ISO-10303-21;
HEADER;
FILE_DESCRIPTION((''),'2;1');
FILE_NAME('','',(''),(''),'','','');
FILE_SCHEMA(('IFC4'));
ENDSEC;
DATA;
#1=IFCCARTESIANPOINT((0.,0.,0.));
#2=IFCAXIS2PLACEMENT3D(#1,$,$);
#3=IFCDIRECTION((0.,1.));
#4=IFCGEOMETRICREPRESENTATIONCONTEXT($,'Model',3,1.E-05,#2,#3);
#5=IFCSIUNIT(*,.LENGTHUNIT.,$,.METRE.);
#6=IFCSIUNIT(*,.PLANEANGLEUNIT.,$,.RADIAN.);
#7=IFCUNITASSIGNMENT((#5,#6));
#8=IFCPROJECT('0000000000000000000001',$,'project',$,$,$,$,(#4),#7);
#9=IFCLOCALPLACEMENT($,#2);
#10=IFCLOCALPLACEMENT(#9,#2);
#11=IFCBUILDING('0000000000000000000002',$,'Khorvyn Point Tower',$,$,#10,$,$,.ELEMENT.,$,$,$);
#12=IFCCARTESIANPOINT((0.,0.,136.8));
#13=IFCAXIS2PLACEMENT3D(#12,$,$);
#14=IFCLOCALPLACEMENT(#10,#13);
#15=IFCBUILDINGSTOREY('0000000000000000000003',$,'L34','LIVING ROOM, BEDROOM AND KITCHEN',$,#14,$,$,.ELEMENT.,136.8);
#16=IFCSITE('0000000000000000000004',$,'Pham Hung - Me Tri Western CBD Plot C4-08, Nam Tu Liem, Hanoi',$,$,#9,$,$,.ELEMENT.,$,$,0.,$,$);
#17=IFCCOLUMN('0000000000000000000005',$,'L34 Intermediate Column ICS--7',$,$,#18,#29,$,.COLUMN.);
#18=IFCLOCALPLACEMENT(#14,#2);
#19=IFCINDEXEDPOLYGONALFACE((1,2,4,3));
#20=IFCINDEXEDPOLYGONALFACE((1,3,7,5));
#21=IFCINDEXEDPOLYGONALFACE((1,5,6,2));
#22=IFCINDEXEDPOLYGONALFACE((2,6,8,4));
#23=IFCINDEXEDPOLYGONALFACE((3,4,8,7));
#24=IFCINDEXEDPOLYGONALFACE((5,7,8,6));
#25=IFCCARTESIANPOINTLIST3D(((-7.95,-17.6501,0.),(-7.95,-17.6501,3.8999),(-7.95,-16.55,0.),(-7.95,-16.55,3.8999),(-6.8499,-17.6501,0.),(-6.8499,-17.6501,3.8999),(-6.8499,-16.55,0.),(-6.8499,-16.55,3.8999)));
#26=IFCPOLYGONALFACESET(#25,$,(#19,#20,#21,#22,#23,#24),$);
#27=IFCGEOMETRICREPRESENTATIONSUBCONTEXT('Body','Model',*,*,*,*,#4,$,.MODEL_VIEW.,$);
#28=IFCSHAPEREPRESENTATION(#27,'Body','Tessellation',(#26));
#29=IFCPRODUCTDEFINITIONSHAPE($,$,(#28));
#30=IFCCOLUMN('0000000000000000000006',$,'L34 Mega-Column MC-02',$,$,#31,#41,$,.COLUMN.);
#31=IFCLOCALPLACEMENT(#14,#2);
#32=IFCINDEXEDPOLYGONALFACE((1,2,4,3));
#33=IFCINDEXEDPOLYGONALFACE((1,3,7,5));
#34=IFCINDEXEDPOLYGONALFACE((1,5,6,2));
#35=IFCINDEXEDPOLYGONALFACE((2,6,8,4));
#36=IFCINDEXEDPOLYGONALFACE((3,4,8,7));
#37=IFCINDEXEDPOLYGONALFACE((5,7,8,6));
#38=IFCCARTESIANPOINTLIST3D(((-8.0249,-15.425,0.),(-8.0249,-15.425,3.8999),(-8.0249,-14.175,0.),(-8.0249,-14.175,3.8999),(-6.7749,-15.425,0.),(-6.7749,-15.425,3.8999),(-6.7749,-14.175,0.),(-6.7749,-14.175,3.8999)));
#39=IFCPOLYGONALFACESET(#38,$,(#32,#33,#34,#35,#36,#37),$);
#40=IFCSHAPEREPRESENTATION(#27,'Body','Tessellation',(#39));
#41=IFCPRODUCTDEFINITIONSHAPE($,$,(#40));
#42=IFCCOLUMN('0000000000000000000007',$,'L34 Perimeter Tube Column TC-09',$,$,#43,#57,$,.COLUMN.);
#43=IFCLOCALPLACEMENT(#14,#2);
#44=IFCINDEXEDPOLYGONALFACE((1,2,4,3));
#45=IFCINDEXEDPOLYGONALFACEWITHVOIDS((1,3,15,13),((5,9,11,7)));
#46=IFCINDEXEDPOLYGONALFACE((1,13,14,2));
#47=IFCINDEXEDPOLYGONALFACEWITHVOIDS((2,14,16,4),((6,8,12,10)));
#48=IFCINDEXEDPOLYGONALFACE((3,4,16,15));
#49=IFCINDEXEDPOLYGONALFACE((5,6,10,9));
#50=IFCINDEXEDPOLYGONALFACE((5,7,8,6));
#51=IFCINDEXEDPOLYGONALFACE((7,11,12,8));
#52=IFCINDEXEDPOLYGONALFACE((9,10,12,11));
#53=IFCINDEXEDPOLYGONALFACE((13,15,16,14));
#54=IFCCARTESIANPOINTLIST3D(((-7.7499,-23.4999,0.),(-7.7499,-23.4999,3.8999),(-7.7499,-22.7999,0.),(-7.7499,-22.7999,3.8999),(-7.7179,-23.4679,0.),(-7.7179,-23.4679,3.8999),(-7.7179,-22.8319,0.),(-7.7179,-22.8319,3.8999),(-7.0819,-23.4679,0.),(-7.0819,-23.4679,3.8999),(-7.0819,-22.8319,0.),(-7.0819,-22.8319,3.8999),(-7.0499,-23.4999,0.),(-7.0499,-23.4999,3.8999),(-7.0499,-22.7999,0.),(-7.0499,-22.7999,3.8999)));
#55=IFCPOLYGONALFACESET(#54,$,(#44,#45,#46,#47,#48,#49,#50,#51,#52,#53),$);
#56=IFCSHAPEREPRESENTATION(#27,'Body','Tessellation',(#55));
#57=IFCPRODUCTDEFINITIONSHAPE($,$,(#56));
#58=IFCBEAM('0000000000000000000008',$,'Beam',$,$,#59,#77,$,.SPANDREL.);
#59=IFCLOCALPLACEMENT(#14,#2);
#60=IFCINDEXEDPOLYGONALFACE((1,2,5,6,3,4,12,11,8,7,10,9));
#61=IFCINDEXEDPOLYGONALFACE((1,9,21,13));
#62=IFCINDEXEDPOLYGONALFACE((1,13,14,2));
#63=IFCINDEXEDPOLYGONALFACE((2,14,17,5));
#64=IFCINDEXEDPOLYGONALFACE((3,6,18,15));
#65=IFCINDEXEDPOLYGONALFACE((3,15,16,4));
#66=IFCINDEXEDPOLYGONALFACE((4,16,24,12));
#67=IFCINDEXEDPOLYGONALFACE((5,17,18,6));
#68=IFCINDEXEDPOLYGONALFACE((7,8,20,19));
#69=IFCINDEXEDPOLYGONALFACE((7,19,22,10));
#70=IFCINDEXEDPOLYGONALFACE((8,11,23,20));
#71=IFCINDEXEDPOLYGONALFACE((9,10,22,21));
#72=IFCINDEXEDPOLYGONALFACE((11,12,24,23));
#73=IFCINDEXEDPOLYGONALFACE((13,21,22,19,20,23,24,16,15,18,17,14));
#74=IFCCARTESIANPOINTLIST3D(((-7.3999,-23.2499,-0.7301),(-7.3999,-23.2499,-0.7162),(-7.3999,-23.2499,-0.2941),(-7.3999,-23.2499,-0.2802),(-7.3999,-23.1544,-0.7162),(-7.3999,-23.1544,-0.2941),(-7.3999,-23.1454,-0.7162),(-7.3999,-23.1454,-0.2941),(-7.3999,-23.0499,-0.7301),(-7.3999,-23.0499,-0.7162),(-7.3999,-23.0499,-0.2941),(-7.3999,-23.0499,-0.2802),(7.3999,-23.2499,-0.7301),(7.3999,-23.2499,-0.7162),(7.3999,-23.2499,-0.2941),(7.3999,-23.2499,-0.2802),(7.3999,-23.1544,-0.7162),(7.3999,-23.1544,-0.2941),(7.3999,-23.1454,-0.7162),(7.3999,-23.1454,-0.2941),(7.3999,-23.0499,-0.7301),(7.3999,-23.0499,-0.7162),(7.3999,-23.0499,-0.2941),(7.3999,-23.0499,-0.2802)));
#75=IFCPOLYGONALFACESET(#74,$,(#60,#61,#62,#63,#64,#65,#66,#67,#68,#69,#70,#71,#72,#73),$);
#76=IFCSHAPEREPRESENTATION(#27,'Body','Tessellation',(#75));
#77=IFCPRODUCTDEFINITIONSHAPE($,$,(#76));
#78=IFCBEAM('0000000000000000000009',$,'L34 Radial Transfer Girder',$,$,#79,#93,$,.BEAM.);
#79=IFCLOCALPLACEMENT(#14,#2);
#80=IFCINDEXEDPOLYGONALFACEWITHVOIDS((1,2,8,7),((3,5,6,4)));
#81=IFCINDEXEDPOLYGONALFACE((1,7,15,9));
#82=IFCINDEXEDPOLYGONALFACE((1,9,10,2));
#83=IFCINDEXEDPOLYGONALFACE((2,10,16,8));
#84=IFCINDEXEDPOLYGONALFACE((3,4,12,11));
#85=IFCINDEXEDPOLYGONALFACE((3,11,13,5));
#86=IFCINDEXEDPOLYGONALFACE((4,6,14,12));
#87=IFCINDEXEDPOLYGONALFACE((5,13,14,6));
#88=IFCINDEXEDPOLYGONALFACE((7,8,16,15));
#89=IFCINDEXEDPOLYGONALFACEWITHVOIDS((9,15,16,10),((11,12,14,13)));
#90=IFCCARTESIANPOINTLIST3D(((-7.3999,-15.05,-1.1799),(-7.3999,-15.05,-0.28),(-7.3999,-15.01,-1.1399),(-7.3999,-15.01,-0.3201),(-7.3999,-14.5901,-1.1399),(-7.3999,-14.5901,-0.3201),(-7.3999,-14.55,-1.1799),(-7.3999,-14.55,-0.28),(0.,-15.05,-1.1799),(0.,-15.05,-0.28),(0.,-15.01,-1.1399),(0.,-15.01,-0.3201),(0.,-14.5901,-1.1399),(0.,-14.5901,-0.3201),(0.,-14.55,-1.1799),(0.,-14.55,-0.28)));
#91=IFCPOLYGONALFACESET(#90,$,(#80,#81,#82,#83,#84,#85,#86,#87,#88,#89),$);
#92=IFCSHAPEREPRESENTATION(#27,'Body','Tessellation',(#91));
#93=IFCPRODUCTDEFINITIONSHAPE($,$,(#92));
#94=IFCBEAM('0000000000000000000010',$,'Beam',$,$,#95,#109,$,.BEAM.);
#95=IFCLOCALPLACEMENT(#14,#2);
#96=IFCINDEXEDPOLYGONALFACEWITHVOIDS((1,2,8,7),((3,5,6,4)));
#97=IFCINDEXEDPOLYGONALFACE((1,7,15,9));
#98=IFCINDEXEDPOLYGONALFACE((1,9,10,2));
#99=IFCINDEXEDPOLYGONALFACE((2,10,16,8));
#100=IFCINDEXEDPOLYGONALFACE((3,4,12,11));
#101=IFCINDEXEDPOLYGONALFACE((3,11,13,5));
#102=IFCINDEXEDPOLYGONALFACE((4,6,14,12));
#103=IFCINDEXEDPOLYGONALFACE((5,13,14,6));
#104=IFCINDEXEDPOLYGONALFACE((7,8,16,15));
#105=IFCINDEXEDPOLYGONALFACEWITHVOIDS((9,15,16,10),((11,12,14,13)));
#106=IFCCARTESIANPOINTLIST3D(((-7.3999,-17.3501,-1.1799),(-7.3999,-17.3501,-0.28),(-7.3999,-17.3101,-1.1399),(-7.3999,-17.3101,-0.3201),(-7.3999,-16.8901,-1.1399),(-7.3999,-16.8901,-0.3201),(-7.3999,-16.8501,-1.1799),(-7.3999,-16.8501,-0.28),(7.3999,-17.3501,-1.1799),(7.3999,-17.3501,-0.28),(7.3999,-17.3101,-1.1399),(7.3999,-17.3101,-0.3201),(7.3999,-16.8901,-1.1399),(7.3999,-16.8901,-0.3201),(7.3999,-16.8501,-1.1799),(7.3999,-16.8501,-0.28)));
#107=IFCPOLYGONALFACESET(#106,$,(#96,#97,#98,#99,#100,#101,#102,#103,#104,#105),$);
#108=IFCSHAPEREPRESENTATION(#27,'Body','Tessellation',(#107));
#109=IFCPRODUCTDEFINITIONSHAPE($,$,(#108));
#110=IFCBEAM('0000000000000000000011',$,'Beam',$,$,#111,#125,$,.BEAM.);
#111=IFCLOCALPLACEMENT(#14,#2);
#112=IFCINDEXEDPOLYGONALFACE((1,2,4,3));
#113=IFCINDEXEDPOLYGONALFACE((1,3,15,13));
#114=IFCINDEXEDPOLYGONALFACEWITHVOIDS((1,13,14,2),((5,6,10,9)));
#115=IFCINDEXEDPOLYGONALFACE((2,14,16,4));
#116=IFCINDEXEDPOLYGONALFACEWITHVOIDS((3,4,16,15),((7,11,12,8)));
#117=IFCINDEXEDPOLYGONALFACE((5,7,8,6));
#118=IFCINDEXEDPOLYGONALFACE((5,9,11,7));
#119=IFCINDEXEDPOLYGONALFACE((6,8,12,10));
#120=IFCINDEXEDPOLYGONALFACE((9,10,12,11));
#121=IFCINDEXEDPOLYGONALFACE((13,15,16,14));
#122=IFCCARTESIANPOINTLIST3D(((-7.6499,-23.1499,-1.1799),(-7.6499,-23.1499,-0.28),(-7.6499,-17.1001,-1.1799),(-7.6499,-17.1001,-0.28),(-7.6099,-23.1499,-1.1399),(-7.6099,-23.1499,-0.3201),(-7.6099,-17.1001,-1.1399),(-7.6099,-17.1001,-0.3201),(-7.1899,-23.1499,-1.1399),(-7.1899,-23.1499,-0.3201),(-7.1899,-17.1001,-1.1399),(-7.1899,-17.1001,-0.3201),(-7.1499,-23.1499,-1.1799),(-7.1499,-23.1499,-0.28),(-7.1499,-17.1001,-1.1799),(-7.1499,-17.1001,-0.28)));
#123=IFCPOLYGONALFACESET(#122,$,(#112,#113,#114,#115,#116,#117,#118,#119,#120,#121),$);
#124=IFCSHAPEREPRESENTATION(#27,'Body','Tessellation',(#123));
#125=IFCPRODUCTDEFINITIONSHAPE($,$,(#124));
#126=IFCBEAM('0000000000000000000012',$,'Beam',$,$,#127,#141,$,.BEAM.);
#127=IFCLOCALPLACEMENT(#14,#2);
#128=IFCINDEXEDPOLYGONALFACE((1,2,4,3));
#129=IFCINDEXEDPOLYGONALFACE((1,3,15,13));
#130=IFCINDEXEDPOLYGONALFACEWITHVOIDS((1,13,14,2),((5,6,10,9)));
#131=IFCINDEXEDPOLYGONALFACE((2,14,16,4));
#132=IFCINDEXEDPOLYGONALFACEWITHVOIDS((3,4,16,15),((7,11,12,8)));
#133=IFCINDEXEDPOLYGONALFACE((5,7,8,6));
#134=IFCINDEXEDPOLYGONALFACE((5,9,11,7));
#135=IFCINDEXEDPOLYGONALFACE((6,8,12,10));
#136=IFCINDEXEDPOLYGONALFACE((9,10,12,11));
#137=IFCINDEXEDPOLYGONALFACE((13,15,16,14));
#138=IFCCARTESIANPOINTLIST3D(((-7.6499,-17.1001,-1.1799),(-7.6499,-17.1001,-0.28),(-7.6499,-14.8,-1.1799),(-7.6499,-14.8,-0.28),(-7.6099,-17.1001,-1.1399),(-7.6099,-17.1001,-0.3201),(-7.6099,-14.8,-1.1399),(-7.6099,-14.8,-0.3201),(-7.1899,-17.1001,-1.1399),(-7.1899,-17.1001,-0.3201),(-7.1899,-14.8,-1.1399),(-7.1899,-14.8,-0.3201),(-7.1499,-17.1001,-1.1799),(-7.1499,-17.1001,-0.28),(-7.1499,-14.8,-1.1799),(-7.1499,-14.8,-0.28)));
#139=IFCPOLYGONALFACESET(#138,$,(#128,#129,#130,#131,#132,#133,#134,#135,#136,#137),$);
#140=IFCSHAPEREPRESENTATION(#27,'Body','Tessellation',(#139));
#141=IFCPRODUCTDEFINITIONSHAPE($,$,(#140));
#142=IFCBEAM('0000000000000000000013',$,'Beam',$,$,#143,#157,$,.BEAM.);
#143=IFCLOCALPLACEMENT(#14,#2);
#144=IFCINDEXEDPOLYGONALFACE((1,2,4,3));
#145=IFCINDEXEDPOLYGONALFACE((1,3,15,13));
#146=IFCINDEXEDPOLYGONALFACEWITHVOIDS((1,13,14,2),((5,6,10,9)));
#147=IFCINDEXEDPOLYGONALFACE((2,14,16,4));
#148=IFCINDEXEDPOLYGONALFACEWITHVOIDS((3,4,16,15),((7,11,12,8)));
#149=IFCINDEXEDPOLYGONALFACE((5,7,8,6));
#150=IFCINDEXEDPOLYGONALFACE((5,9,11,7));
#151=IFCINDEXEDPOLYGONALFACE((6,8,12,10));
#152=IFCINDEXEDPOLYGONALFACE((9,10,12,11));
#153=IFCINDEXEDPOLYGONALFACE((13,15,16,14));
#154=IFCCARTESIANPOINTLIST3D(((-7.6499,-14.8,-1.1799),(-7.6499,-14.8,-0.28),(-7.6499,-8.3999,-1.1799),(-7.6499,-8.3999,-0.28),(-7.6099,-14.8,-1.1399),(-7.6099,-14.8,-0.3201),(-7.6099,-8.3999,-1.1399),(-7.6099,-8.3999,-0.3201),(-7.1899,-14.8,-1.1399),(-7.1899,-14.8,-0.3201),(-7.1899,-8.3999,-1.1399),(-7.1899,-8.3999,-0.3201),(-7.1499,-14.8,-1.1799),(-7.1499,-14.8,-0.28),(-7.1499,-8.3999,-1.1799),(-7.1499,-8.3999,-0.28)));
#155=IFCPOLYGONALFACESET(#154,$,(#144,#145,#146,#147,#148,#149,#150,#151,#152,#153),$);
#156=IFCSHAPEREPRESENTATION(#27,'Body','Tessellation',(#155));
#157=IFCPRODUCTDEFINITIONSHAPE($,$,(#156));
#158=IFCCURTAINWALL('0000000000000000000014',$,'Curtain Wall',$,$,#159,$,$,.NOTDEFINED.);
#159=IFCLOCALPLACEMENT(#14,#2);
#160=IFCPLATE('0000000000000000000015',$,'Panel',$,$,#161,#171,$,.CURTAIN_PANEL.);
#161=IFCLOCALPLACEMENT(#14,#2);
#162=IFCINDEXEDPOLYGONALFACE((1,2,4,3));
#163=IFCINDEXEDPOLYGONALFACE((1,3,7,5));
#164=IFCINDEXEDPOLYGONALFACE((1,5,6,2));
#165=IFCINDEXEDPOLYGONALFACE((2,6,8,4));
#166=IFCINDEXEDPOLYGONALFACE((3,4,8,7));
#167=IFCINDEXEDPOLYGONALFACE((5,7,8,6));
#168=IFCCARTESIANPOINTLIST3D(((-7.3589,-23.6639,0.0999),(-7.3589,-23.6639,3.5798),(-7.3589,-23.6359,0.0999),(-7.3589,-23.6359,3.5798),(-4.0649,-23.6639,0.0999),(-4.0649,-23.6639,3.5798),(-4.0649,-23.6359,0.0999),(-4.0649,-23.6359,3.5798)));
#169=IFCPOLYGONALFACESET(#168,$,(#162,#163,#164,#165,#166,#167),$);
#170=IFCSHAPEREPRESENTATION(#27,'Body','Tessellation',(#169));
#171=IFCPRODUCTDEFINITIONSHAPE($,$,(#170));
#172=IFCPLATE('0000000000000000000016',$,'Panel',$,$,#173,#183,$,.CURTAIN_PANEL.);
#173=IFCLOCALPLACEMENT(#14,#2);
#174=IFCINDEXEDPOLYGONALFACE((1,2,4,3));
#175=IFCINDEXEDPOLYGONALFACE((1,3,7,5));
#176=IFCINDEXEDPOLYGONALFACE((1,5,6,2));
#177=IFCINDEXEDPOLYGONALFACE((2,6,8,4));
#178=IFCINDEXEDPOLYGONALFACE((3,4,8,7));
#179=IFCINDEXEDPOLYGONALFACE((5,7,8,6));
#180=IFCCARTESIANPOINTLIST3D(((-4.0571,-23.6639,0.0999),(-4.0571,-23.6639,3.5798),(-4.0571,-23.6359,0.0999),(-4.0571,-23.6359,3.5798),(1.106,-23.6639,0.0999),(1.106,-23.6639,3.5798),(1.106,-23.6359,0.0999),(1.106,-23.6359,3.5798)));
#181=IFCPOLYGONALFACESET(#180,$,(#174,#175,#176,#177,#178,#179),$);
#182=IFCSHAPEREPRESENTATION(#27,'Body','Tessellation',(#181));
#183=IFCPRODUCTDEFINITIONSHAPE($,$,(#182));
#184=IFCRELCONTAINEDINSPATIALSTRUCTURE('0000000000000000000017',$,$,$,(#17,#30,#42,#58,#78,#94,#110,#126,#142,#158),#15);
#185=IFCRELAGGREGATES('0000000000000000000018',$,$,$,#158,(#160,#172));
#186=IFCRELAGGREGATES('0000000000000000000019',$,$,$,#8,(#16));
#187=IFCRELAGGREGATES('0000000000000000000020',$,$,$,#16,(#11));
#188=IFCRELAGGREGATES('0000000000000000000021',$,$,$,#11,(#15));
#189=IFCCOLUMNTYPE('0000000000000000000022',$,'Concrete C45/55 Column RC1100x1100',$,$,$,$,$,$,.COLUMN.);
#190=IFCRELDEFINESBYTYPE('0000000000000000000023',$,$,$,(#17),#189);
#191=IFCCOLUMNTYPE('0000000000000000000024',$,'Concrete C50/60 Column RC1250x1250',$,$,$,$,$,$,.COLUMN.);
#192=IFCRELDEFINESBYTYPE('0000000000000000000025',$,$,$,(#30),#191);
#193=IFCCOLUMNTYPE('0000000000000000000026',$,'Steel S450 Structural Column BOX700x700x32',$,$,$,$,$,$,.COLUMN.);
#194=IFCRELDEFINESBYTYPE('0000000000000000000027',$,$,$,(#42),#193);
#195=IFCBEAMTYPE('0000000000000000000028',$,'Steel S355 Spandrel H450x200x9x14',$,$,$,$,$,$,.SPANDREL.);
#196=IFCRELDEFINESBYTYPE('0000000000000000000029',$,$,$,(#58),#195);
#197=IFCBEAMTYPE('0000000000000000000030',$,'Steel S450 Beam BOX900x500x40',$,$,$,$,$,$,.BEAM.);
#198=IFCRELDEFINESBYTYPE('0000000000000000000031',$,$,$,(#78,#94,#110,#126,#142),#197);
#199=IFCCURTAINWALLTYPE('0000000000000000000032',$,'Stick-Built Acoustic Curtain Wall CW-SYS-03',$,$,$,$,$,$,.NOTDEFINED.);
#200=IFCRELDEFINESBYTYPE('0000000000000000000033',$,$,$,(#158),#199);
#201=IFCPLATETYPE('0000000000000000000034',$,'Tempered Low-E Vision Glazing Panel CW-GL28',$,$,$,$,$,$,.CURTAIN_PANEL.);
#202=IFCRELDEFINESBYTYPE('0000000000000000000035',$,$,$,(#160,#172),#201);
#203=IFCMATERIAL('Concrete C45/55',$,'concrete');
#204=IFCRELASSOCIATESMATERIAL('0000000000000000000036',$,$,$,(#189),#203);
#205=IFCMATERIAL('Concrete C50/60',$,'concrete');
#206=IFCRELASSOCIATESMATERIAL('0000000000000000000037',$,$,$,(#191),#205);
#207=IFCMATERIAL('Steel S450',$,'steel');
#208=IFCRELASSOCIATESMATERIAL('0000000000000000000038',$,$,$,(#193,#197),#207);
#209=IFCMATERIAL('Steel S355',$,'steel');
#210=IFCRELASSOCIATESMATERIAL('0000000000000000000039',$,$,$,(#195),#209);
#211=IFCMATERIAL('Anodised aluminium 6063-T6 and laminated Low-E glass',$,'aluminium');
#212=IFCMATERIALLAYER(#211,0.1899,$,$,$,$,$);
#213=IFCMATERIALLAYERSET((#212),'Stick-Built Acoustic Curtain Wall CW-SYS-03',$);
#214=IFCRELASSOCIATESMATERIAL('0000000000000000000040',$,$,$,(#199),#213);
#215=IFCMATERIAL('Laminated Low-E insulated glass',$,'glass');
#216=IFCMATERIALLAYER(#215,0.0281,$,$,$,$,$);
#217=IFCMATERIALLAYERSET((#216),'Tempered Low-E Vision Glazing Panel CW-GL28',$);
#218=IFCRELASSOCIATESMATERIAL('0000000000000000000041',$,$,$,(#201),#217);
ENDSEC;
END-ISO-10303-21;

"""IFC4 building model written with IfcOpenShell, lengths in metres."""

from ifc_helpers import new_model, si_unit, direction, frame, origin, origin_2d, place, context, subcontext, project, spatial, rectangle, hollow_rectangle, i_section, extrude, material, layer, layer_set, material_profile, profile_set, type_object, element, aggregate, save


model = new_model("IFC4")

# Units and contexts
model_context = context("Model", 3, precision=1e-05, world=origin(), true_north=direction((0.0, 1.0)))
body_context = subcontext(model_context, "Body", "Model", "MODEL_VIEW")
ifc_project = project(units=[si_unit("LENGTHUNIT", "METRE"), si_unit("PLANEANGLEUNIT", "RADIAN")], contexts=[model_context])

# Site, building, storey
site_placement = place(None, origin())
site = spatial("IfcSite", under=ifc_project, at=site_placement, Name="Pham Hung - Me Tri Western CBD Plot C4-08, Nam Tu Liem, Hanoi", CompositionType="ELEMENT", RefElevation=0.0)
building_placement = place(site_placement, origin())
building = spatial("IfcBuilding", under=site, at=building_placement, Name="Khorvyn Point Tower", CompositionType="ELEMENT")
storey_placement = place(building_placement, frame((0.0, 0.0, 136.8)))
storey = spatial("IfcBuildingStorey", under=building, at=storey_placement, Name="L34", Description="LIVING ROOM, BEDROOM AND KITCHEN", CompositionType="ELEMENT", Elevation=136.8)

# Columns
ifc_material_1 = material(Name="Concrete C45/55", Category="concrete")
ifc_material_profile_1 = material_profile(ifc_material_1, rectangle(XDim=1.1001, YDim=1.1001, at=origin_2d()))
ifc_profile_set_1 = profile_set([ifc_material_profile_1], Name="Concrete C45/55 RC1100x1100")
column_type_1 = type_object("IfcColumnType", Name="Concrete C45/55 Column RC1100x1100", PredefinedType="COLUMN", material=ifc_profile_set_1)
column_1_placement = place(storey_placement, frame((-7.3999, -17.1001, 0.0), z_axis=(0.0, 0.0, 1.0), x_axis=(1.0, 0.0, 0.0)))
element("IfcColumn", 1, at=column_1_placement, inside=storey, type_object=column_type_1, Name="L34 Intermediate Column ICS--7", PredefinedType="COLUMN", context=body_context, shape_type="SweptSolid", body=[
    extrude(rectangle(XDim=1.1001, YDim=1.1001, at=origin_2d()), origin(), (0.0, 0.0, 1.0), 3.8999),
])
ifc_material_2 = material(Name="Concrete C50/60", Category="concrete")
ifc_material_profile_2 = material_profile(ifc_material_2, rectangle(XDim=1.25, YDim=1.25, at=origin_2d()))
ifc_profile_set_2 = profile_set([ifc_material_profile_2], Name="Concrete C50/60 RC1250x1250")
column_type_2 = type_object("IfcColumnType", Name="Concrete C50/60 Column RC1250x1250", PredefinedType="COLUMN", material=ifc_profile_set_2)
column_2_placement = place(storey_placement, frame((-7.3999, -14.8, 0.0), z_axis=(0.0, 0.0, 1.0), x_axis=(1.0, 0.0, 0.0)))
element("IfcColumn", 2, at=column_2_placement, inside=storey, type_object=column_type_2, Name="L34 Mega-Column MC-02", PredefinedType="COLUMN", context=body_context, shape_type="SweptSolid", body=[
    extrude(rectangle(XDim=1.25, YDim=1.25, at=origin_2d()), origin(), (0.0, 0.0, 1.0), 3.8999),
])
ifc_material_3 = material(Name="Steel S450", Category="steel")
ifc_material_profile_3 = material_profile(ifc_material_3, hollow_rectangle(XDim=0.7, YDim=0.7, WallThickness=0.032, at=origin_2d()))
ifc_profile_set_3 = profile_set([ifc_material_profile_3], Name="Steel S450 BOX700x700x32")
column_type_3 = type_object("IfcColumnType", Name="Steel S450 Structural Column BOX700x700x32", PredefinedType="COLUMN", material=ifc_profile_set_3)
column_3_placement = place(storey_placement, frame((-7.3999, -23.1499, 0.0), z_axis=(0.0, 0.0, 1.0), x_axis=(1.0, 0.0, 0.0)))
element("IfcColumn", 3, at=column_3_placement, inside=storey, type_object=column_type_3, Name="L34 Perimeter Tube Column TC-09", PredefinedType="COLUMN", context=body_context, shape_type="SweptSolid", body=[
    extrude(hollow_rectangle(XDim=0.7, YDim=0.7, WallThickness=0.032, at=origin_2d()), origin(), (0.0, 0.0, 1.0), 3.8999),
])

# Beams
ifc_material_4 = material(Name="Steel S355", Category="steel")
ifc_material_profile_4 = material_profile(ifc_material_4, i_section(OverallWidth=0.2, OverallDepth=0.45, WebThickness=0.009, FlangeThickness=0.0139, at=origin_2d()))
ifc_profile_set_4 = profile_set([ifc_material_profile_4], Name="Steel S355 H450x200x9x14")
beam_type_1 = type_object("IfcBeamType", Name="Steel S355 Spandrel H450x200x9x14", PredefinedType="SPANDREL", material=ifc_profile_set_4)
beam_1_placement = place(storey_placement, frame((-7.3999, -23.1499, -0.5051), z_axis=(1.0, 0.0, 0.0), x_axis=(0.0, 1.0, 0.0)))
element("IfcBeam", 4, at=beam_1_placement, inside=storey, type_object=beam_type_1, Name="Beam", PredefinedType="SPANDREL", context=body_context, shape_type="SweptSolid", body=[
    extrude(i_section(OverallWidth=0.2, OverallDepth=0.45, WebThickness=0.009, FlangeThickness=0.0139, at=origin_2d()), origin(), (0.0, 0.0, 1.0), 14.7998),
])
ifc_material_profile_5 = material_profile(ifc_material_3, hollow_rectangle(XDim=0.5, YDim=0.8999, WallThickness=0.04, at=origin_2d()))
ifc_profile_set_5 = profile_set([ifc_material_profile_5], Name="Steel S450 BOX900x500x40")
beam_type_2 = type_object("IfcBeamType", Name="Steel S450 Beam BOX900x500x40", PredefinedType="BEAM", material=ifc_profile_set_5)
beam_2_placement = place(storey_placement, frame((-7.3999, -14.8, -0.73), z_axis=(1.0, 0.0, 0.0), x_axis=(0.0, 1.0, 0.0)))
element("IfcBeam", 5, at=beam_2_placement, inside=storey, type_object=beam_type_2, Name="L34 Radial Transfer Girder", PredefinedType="BEAM", context=body_context, shape_type="SweptSolid", body=[
    extrude(hollow_rectangle(XDim=0.5, YDim=0.8999, WallThickness=0.04, at=origin_2d()), origin(), (0.0, 0.0, 1.0), 7.3999),
])
beam_3_placement = place(storey_placement, frame((-7.3999, -17.1001, -0.73), z_axis=(1.0, 0.0, 0.0), x_axis=(0.0, 1.0, 0.0)))
element("IfcBeam", 6, at=beam_3_placement, inside=storey, type_object=beam_type_2, Name="Beam", PredefinedType="BEAM", context=body_context, shape_type="SweptSolid", body=[
    extrude(hollow_rectangle(XDim=0.5, YDim=0.8999, WallThickness=0.04, at=origin_2d()), origin(), (0.0, 0.0, 1.0), 14.7998),
])
beam_4_placement = place(storey_placement, frame((-7.3999, -23.1499, -0.73), z_axis=(0.0, 1.0, 0.0), x_axis=(-1.0, 0.0, 0.0)))
element("IfcBeam", 7, at=beam_4_placement, inside=storey, type_object=beam_type_2, Name="Beam", PredefinedType="BEAM", context=body_context, shape_type="SweptSolid", body=[
    extrude(hollow_rectangle(XDim=0.5, YDim=0.8999, WallThickness=0.04, at=origin_2d()), origin(), (0.0, 0.0, 1.0), 6.0498),
])
beam_5_placement = place(storey_placement, frame((-7.3999, -17.1001, -0.73), z_axis=(0.0, 1.0, 0.0), x_axis=(-1.0, 0.0, 0.0)))
element("IfcBeam", 8, at=beam_5_placement, inside=storey, type_object=beam_type_2, Name="Beam", PredefinedType="BEAM", context=body_context, shape_type="SweptSolid", body=[
    extrude(hollow_rectangle(XDim=0.5, YDim=0.8999, WallThickness=0.04, at=origin_2d()), origin(), (0.0, 0.0, 1.0), 2.3),
])
beam_6_placement = place(storey_placement, frame((-7.3999, -14.8, -0.73), z_axis=(0.0, 1.0, 0.0), x_axis=(-1.0, 0.0, 0.0)))
element("IfcBeam", 9, at=beam_6_placement, inside=storey, type_object=beam_type_2, Name="Beam", PredefinedType="BEAM", context=body_context, shape_type="SweptSolid", body=[
    extrude(hollow_rectangle(XDim=0.5, YDim=0.8999, WallThickness=0.04, at=origin_2d()), origin(), (0.0, 0.0, 1.0), 6.4001),
])

# Curtain wall, plates
ifc_material_5 = material(Name="Anodised aluminium 6063-T6 and laminated Low-E glass", Category="aluminium")
ifc_layer_1 = layer(ifc_material_5, 0.1899)
ifc_layer_set_1 = layer_set([ifc_layer_1], Name="Stick-Built Acoustic Curtain Wall CW-SYS-03")
curtain_wall_type = type_object("IfcCurtainWallType", Name="Stick-Built Acoustic Curtain Wall CW-SYS-03", PredefinedType="NOTDEFINED", material=ifc_layer_set_1)
curtain_wall_placement = place(storey_placement, origin())
curtain_wall = element("IfcCurtainWall", 10, at=curtain_wall_placement, inside=storey, type_object=curtain_wall_type, Name="Curtain Wall", PredefinedType="NOTDEFINED")
ifc_material_6 = material(Name="Laminated Low-E insulated glass", Category="glass")
ifc_layer_2 = layer(ifc_material_6, 0.0281)
ifc_layer_set_2 = layer_set([ifc_layer_2], Name="Tempered Low-E Vision Glazing Panel CW-GL28")
plate_type = type_object("IfcPlateType", Name="Tempered Low-E Vision Glazing Panel CW-GL28", PredefinedType="CURTAIN_PANEL", material=ifc_layer_set_2)
plate_1_placement = place(storey_placement, frame((-5.7119, -23.6499, 0.0999), z_axis=(0.0, 0.0, 1.0), x_axis=(-1.0, 0.0, 0.0)))
plate_1 = element("IfcPlate", 11, at=plate_1_placement, type_object=plate_type, Name="Panel", PredefinedType="CURTAIN_PANEL", context=body_context, shape_type="SweptSolid", body=[
    extrude(rectangle(XDim=3.2939, YDim=0.0281, at=origin_2d()), origin(), (0.0, 0.0, 1.0), 3.48),
])
plate_2_placement = place(storey_placement, frame((-1.4756, -23.6499, 0.0999), z_axis=(0.0, 0.0, 1.0), x_axis=(-1.0, 0.0, 0.0)))
plate_2 = element("IfcPlate", 12, at=plate_2_placement, type_object=plate_type, Name="Panel", PredefinedType="CURTAIN_PANEL", context=body_context, shape_type="SweptSolid", body=[
    extrude(rectangle(XDim=5.1631, YDim=0.0281, at=origin_2d()), origin(), (0.0, 0.0, 1.0), 3.48),
])
aggregate(curtain_wall, [plate_1, plate_2])

save(model, "model.ifc")
